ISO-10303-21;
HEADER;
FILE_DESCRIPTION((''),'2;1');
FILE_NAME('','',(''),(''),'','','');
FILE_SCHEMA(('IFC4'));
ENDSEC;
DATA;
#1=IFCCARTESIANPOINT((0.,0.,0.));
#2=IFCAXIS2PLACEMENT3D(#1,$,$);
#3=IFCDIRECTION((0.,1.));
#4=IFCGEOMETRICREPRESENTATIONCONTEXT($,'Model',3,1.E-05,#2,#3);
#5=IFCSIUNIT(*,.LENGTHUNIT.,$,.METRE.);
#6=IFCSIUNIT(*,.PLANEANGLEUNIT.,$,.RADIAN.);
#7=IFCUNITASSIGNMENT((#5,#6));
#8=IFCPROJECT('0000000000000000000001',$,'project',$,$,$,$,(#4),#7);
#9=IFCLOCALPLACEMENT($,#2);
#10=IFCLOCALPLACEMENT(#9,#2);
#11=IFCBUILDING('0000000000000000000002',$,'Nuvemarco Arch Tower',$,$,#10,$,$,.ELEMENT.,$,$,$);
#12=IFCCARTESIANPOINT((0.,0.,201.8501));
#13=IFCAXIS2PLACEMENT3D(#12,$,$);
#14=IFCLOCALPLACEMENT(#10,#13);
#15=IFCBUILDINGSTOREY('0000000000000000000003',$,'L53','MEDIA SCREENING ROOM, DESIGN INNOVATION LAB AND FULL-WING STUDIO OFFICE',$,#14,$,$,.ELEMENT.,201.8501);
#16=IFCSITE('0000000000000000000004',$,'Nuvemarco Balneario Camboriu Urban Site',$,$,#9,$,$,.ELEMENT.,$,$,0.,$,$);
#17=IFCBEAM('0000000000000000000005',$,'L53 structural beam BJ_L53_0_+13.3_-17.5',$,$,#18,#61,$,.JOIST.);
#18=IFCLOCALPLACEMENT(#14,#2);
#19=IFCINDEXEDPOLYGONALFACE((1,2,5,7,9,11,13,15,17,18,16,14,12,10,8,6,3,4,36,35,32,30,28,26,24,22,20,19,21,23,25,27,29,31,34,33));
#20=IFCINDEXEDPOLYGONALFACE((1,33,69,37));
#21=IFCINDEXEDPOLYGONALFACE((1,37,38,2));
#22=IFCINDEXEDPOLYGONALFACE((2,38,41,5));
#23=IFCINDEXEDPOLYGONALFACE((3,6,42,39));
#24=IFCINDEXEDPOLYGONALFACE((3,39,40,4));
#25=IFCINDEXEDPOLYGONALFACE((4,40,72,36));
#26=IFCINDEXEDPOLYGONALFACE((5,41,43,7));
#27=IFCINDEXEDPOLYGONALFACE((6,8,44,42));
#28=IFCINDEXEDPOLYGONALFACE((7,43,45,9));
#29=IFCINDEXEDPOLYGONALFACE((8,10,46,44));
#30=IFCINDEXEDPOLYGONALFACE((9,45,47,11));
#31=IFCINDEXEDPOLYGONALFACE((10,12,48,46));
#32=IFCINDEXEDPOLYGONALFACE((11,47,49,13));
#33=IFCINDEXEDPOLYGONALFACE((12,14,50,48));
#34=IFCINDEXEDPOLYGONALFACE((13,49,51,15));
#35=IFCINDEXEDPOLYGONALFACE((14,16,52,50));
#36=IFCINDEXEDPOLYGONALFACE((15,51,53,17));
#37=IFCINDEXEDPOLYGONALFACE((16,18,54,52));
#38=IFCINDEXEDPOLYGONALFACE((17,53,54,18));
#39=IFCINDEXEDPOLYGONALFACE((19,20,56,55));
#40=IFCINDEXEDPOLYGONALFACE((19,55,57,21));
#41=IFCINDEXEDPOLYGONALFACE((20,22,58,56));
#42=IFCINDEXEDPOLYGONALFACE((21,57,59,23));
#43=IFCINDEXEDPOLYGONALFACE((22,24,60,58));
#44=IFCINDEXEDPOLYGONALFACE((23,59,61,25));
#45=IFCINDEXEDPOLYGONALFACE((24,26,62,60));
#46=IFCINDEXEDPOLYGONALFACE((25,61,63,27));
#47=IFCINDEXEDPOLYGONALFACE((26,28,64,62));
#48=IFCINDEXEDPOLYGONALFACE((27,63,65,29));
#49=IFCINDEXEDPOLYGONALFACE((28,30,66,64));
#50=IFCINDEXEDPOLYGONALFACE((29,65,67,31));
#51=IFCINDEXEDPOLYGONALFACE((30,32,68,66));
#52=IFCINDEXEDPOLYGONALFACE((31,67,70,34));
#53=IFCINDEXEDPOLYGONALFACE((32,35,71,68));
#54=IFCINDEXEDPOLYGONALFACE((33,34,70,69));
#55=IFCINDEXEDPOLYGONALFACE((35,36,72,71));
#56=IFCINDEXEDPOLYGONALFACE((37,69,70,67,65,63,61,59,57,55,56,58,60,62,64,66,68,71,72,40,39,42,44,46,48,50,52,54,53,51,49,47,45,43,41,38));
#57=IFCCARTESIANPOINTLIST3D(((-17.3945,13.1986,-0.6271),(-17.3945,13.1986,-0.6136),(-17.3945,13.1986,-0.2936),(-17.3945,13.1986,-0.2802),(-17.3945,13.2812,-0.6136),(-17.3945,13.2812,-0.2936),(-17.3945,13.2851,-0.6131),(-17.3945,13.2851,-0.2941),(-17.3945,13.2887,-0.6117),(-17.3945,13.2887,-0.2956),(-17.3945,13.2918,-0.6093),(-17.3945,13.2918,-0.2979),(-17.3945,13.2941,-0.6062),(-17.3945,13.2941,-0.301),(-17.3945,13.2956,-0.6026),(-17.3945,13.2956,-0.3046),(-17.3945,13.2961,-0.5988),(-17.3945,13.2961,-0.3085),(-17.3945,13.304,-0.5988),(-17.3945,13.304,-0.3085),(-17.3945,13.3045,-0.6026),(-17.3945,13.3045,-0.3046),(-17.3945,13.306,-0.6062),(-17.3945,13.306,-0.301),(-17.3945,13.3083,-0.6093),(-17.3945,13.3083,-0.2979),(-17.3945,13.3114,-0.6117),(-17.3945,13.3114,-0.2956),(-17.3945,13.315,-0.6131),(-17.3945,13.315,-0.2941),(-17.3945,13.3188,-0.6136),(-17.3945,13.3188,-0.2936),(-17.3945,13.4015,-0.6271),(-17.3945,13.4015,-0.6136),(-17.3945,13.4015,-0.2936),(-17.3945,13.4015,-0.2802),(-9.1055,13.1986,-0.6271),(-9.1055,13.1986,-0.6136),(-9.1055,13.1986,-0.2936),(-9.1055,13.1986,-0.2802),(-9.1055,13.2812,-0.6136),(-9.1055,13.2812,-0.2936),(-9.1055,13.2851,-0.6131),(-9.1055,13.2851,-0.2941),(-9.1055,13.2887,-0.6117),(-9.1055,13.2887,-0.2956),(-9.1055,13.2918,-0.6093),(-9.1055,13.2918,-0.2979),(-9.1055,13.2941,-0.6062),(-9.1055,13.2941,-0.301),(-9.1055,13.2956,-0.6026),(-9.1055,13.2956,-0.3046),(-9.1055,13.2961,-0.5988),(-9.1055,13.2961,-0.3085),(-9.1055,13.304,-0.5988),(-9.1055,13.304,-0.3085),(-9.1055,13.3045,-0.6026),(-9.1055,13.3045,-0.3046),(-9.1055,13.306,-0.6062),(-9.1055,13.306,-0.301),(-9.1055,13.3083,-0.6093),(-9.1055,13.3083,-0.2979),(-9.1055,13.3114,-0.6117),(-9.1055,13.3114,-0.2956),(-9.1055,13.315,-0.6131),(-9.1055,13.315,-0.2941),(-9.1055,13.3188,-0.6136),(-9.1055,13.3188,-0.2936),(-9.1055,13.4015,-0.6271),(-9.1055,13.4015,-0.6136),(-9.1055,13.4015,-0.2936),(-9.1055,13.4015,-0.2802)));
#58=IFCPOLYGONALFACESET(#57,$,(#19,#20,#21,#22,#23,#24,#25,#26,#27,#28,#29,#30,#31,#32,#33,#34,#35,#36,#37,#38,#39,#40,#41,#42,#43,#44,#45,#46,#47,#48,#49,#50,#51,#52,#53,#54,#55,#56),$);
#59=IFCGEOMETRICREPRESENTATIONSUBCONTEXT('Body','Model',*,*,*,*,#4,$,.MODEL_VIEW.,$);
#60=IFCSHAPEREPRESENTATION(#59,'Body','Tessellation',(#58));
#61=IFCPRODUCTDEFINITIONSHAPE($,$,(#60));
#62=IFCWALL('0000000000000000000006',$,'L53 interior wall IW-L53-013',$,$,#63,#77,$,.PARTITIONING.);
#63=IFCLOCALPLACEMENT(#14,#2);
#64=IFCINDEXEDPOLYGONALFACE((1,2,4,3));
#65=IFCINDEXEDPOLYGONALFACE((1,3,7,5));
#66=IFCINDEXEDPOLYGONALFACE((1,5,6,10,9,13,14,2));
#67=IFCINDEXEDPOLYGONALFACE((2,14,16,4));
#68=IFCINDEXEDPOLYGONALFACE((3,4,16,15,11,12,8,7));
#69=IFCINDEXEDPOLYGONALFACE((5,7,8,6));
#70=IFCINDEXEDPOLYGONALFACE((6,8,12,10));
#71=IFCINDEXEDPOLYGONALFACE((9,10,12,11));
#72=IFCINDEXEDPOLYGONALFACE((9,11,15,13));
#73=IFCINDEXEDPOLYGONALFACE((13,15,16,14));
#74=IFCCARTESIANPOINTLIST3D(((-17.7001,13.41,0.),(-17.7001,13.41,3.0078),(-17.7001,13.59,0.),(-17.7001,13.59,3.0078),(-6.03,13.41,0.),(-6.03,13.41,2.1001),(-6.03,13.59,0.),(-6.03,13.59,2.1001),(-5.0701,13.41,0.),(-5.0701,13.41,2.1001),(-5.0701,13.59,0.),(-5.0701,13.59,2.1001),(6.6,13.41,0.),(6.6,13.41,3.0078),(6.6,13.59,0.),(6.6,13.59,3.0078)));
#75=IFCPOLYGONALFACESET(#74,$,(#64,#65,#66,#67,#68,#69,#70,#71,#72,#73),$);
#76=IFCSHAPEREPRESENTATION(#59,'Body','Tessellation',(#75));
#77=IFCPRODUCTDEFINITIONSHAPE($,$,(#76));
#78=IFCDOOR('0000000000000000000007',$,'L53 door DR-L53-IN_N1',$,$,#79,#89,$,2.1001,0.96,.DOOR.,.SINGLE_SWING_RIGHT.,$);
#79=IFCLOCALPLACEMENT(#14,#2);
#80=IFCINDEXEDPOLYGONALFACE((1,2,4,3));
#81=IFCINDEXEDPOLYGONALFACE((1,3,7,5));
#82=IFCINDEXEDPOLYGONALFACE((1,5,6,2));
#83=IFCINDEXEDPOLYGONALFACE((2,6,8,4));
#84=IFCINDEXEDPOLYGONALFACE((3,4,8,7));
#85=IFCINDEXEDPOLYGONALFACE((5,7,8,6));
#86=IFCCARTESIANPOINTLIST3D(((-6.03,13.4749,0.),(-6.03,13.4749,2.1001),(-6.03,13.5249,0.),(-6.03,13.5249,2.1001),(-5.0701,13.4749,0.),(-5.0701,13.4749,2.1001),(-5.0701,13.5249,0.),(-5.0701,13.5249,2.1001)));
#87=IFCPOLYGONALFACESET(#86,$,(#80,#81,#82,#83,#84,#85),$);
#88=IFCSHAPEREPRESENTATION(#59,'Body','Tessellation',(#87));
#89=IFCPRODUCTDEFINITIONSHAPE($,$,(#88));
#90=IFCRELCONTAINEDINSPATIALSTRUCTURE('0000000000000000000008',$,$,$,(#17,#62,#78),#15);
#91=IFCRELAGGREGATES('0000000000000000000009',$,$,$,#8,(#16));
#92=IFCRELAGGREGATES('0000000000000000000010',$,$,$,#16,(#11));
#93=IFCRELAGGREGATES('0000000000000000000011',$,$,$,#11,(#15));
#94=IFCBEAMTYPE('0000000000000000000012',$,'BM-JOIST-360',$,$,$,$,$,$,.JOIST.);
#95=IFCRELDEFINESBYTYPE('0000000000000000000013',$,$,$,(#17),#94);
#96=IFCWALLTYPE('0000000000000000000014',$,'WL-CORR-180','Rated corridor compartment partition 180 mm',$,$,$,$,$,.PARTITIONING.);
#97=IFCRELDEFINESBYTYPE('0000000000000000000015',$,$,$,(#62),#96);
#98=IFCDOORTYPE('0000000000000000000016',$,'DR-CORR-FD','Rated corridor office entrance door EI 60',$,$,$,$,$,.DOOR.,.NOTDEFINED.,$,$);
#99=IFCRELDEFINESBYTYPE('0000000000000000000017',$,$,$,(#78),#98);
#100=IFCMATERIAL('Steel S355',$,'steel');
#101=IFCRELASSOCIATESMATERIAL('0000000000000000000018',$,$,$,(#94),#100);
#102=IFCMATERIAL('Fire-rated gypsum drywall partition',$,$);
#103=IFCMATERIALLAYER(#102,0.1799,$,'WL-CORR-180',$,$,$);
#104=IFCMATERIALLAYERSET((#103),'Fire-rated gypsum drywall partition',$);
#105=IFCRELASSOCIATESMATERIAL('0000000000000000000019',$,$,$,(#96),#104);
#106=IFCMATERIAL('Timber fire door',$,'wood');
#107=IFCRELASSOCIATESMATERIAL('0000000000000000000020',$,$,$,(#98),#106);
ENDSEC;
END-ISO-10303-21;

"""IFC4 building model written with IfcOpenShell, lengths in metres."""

from ifc_helpers import new_model, si_unit, direction, frame, frame_2d, origin, origin_2d, place, context, subcontext, project, spatial, rectangle, i_section, extrude, source, transform, mapped, material, layer, layer_set, material_profile, profile_set, type_object, type_shapes, element, fill, save


model = new_model("IFC4")

# Units and contexts
model_context = context("Model", 3, precision=1e-05, world=origin(), true_north=direction((0.0, 1.0)))
body_context = subcontext(model_context, "Body", "Model", "MODEL_VIEW")
ifc_project = project(units=[si_unit("LENGTHUNIT", "METRE"), si_unit("PLANEANGLEUNIT", "RADIAN")], contexts=[model_context])

# Site, building, storey
site_placement = place(None, origin())
site = spatial("IfcSite", under=ifc_project, at=site_placement, Name="Nuvemarco Balneario Camboriu Urban Site", CompositionType="ELEMENT", RefElevation=0.0)
building_placement = place(site_placement, origin())
building = spatial("IfcBuilding", under=site, at=building_placement, Name="Nuvemarco Arch Tower", CompositionType="ELEMENT")
storey_placement = place(building_placement, frame((0.0, 0.0, 201.8501)))
storey = spatial("IfcBuildingStorey", under=building, at=storey_placement, Name="L53", Description="MEDIA SCREENING ROOM, DESIGN INNOVATION LAB AND FULL-WING STUDIO OFFICE", CompositionType="ELEMENT", Elevation=201.8501)

# Shared definitions
ifc_material_1 = material(Name="Steel S355", Category="steel")

# Beam
ifc_material_profile_1 = material_profile(ifc_material_1, i_section(OverallWidth=0.2029, OverallDepth=0.3469, WebThickness=0.0078, FlangeThickness=0.0134, FilletRadius=0.0149, at=origin_2d()), Name="W360x64")
ifc_profile_set_1 = profile_set([ifc_material_profile_1], Name="Steel S355")
beam_type_1 = type_object("IfcBeamType", Name="BM-JOIST-360", PredefinedType="JOIST", material=ifc_profile_set_1)
beam_1_placement = place(storey_placement, frame((-17.3945, 13.3, -0.4536), z_axis=(1.0, 0.0, 0.0), x_axis=(0.0, 1.0, 0.0)))
element("IfcBeam", 1, at=beam_1_placement, inside=storey, type_object=beam_type_1, Name="L53 structural beam BJ_L53_0_+13.3_-17.5", PredefinedType="JOIST", context=body_context, shape_type="SweptSolid", body=[
    extrude(i_section(OverallWidth=0.2029, OverallDepth=0.3469, WebThickness=0.0078, FlangeThickness=0.0134, FilletRadius=0.0149, at=origin_2d()), origin(), (0.0, 0.0, 1.0), 8.2891),
])

# Wall, opening, door
ifc_material_2 = material(Name="Fire-rated gypsum drywall partition")
ifc_layer_1 = layer(ifc_material_2, 0.1799, Name="WL-CORR-180")
ifc_layer_set_1 = layer_set([ifc_layer_1], Name="Fire-rated gypsum drywall partition")
wall_type_1 = type_object("IfcWallType", Name="WL-CORR-180", Description="Rated corridor compartment partition 180 mm", PredefinedType="PARTITIONING", material=ifc_layer_set_1)
wall_1_placement = place(storey_placement, frame((-17.7, 13.5, 0.0), z_axis=(0.0, 0.0, 1.0), x_axis=(1.0, 0.0, 0.0)))
wall_1 = element("IfcWall", 2, at=wall_1_placement, inside=storey, type_object=wall_type_1, Name="L53 interior wall IW-L53-013", PredefinedType="PARTITIONING", context=body_context, shape_type="SweptSolid", body=[
    extrude(rectangle(XDim=24.3, YDim=0.1799, at=frame_2d((12.1499, 0.0))), origin(), (0.0, 0.0, 1.0), 3.0078),
])
opening_1_placement = place(wall_1_placement, frame((11.6699, 0.0, 0.0)))
opening_1 = element("IfcOpeningElement", 3, at=opening_1_placement, cuts=wall_1, PredefinedType="OPENING", context=body_context, shape_type="SweptSolid", body=[
    extrude(rectangle(XDim=0.96, YDim=2.1001, at=frame_2d((0.48, 1.05))), frame((0.0, 0.0999, 0.0), z_axis=(0.0, -1.0, 0.0), x_axis=(1.0, 0.0, 0.0)), (0.0, 0.0, 1.0), 0.2),
])
ifc_material_3 = material(Name="Timber fire door", Category="wood")
door_type_1 = type_object("IfcDoorType", Name="DR-CORR-FD", Description="Rated corridor office entrance door EI 60", OperationType="NOTDEFINED", PredefinedType="DOOR", material=ifc_material_3)
shared_shape_1 = source(origin(), body_context, "Body", "SweptSolid", [
    extrude(rectangle(XDim=0.96, YDim=2.1001, at=frame_2d((0.48, 1.05))), frame((0.0, 0.0249, 0.0), z_axis=(0.0, -1.0, 0.0), x_axis=(1.0, 0.0, 0.0)), (0.0, 0.0, 1.0), 0.05),
])
type_shapes(door_type_1, [shared_shape_1])
door_1_placement = place(opening_1_placement, origin())
door_1 = element("IfcDoor", 4, at=door_1_placement, inside=storey, type_object=door_type_1, Name="L53 door DR-L53-IN_N1", OperationType="SINGLE_SWING_RIGHT", OverallHeight=2.1001, OverallWidth=0.96, PredefinedType="DOOR", context=body_context, shape_type="MappedRepresentation", body=[
    mapped(shared_shape_1, transform((0.0, 0.0, 0.0), scale=1.0)),
])
fill(opening_1, door_1)

save(model, "model.ifc")
